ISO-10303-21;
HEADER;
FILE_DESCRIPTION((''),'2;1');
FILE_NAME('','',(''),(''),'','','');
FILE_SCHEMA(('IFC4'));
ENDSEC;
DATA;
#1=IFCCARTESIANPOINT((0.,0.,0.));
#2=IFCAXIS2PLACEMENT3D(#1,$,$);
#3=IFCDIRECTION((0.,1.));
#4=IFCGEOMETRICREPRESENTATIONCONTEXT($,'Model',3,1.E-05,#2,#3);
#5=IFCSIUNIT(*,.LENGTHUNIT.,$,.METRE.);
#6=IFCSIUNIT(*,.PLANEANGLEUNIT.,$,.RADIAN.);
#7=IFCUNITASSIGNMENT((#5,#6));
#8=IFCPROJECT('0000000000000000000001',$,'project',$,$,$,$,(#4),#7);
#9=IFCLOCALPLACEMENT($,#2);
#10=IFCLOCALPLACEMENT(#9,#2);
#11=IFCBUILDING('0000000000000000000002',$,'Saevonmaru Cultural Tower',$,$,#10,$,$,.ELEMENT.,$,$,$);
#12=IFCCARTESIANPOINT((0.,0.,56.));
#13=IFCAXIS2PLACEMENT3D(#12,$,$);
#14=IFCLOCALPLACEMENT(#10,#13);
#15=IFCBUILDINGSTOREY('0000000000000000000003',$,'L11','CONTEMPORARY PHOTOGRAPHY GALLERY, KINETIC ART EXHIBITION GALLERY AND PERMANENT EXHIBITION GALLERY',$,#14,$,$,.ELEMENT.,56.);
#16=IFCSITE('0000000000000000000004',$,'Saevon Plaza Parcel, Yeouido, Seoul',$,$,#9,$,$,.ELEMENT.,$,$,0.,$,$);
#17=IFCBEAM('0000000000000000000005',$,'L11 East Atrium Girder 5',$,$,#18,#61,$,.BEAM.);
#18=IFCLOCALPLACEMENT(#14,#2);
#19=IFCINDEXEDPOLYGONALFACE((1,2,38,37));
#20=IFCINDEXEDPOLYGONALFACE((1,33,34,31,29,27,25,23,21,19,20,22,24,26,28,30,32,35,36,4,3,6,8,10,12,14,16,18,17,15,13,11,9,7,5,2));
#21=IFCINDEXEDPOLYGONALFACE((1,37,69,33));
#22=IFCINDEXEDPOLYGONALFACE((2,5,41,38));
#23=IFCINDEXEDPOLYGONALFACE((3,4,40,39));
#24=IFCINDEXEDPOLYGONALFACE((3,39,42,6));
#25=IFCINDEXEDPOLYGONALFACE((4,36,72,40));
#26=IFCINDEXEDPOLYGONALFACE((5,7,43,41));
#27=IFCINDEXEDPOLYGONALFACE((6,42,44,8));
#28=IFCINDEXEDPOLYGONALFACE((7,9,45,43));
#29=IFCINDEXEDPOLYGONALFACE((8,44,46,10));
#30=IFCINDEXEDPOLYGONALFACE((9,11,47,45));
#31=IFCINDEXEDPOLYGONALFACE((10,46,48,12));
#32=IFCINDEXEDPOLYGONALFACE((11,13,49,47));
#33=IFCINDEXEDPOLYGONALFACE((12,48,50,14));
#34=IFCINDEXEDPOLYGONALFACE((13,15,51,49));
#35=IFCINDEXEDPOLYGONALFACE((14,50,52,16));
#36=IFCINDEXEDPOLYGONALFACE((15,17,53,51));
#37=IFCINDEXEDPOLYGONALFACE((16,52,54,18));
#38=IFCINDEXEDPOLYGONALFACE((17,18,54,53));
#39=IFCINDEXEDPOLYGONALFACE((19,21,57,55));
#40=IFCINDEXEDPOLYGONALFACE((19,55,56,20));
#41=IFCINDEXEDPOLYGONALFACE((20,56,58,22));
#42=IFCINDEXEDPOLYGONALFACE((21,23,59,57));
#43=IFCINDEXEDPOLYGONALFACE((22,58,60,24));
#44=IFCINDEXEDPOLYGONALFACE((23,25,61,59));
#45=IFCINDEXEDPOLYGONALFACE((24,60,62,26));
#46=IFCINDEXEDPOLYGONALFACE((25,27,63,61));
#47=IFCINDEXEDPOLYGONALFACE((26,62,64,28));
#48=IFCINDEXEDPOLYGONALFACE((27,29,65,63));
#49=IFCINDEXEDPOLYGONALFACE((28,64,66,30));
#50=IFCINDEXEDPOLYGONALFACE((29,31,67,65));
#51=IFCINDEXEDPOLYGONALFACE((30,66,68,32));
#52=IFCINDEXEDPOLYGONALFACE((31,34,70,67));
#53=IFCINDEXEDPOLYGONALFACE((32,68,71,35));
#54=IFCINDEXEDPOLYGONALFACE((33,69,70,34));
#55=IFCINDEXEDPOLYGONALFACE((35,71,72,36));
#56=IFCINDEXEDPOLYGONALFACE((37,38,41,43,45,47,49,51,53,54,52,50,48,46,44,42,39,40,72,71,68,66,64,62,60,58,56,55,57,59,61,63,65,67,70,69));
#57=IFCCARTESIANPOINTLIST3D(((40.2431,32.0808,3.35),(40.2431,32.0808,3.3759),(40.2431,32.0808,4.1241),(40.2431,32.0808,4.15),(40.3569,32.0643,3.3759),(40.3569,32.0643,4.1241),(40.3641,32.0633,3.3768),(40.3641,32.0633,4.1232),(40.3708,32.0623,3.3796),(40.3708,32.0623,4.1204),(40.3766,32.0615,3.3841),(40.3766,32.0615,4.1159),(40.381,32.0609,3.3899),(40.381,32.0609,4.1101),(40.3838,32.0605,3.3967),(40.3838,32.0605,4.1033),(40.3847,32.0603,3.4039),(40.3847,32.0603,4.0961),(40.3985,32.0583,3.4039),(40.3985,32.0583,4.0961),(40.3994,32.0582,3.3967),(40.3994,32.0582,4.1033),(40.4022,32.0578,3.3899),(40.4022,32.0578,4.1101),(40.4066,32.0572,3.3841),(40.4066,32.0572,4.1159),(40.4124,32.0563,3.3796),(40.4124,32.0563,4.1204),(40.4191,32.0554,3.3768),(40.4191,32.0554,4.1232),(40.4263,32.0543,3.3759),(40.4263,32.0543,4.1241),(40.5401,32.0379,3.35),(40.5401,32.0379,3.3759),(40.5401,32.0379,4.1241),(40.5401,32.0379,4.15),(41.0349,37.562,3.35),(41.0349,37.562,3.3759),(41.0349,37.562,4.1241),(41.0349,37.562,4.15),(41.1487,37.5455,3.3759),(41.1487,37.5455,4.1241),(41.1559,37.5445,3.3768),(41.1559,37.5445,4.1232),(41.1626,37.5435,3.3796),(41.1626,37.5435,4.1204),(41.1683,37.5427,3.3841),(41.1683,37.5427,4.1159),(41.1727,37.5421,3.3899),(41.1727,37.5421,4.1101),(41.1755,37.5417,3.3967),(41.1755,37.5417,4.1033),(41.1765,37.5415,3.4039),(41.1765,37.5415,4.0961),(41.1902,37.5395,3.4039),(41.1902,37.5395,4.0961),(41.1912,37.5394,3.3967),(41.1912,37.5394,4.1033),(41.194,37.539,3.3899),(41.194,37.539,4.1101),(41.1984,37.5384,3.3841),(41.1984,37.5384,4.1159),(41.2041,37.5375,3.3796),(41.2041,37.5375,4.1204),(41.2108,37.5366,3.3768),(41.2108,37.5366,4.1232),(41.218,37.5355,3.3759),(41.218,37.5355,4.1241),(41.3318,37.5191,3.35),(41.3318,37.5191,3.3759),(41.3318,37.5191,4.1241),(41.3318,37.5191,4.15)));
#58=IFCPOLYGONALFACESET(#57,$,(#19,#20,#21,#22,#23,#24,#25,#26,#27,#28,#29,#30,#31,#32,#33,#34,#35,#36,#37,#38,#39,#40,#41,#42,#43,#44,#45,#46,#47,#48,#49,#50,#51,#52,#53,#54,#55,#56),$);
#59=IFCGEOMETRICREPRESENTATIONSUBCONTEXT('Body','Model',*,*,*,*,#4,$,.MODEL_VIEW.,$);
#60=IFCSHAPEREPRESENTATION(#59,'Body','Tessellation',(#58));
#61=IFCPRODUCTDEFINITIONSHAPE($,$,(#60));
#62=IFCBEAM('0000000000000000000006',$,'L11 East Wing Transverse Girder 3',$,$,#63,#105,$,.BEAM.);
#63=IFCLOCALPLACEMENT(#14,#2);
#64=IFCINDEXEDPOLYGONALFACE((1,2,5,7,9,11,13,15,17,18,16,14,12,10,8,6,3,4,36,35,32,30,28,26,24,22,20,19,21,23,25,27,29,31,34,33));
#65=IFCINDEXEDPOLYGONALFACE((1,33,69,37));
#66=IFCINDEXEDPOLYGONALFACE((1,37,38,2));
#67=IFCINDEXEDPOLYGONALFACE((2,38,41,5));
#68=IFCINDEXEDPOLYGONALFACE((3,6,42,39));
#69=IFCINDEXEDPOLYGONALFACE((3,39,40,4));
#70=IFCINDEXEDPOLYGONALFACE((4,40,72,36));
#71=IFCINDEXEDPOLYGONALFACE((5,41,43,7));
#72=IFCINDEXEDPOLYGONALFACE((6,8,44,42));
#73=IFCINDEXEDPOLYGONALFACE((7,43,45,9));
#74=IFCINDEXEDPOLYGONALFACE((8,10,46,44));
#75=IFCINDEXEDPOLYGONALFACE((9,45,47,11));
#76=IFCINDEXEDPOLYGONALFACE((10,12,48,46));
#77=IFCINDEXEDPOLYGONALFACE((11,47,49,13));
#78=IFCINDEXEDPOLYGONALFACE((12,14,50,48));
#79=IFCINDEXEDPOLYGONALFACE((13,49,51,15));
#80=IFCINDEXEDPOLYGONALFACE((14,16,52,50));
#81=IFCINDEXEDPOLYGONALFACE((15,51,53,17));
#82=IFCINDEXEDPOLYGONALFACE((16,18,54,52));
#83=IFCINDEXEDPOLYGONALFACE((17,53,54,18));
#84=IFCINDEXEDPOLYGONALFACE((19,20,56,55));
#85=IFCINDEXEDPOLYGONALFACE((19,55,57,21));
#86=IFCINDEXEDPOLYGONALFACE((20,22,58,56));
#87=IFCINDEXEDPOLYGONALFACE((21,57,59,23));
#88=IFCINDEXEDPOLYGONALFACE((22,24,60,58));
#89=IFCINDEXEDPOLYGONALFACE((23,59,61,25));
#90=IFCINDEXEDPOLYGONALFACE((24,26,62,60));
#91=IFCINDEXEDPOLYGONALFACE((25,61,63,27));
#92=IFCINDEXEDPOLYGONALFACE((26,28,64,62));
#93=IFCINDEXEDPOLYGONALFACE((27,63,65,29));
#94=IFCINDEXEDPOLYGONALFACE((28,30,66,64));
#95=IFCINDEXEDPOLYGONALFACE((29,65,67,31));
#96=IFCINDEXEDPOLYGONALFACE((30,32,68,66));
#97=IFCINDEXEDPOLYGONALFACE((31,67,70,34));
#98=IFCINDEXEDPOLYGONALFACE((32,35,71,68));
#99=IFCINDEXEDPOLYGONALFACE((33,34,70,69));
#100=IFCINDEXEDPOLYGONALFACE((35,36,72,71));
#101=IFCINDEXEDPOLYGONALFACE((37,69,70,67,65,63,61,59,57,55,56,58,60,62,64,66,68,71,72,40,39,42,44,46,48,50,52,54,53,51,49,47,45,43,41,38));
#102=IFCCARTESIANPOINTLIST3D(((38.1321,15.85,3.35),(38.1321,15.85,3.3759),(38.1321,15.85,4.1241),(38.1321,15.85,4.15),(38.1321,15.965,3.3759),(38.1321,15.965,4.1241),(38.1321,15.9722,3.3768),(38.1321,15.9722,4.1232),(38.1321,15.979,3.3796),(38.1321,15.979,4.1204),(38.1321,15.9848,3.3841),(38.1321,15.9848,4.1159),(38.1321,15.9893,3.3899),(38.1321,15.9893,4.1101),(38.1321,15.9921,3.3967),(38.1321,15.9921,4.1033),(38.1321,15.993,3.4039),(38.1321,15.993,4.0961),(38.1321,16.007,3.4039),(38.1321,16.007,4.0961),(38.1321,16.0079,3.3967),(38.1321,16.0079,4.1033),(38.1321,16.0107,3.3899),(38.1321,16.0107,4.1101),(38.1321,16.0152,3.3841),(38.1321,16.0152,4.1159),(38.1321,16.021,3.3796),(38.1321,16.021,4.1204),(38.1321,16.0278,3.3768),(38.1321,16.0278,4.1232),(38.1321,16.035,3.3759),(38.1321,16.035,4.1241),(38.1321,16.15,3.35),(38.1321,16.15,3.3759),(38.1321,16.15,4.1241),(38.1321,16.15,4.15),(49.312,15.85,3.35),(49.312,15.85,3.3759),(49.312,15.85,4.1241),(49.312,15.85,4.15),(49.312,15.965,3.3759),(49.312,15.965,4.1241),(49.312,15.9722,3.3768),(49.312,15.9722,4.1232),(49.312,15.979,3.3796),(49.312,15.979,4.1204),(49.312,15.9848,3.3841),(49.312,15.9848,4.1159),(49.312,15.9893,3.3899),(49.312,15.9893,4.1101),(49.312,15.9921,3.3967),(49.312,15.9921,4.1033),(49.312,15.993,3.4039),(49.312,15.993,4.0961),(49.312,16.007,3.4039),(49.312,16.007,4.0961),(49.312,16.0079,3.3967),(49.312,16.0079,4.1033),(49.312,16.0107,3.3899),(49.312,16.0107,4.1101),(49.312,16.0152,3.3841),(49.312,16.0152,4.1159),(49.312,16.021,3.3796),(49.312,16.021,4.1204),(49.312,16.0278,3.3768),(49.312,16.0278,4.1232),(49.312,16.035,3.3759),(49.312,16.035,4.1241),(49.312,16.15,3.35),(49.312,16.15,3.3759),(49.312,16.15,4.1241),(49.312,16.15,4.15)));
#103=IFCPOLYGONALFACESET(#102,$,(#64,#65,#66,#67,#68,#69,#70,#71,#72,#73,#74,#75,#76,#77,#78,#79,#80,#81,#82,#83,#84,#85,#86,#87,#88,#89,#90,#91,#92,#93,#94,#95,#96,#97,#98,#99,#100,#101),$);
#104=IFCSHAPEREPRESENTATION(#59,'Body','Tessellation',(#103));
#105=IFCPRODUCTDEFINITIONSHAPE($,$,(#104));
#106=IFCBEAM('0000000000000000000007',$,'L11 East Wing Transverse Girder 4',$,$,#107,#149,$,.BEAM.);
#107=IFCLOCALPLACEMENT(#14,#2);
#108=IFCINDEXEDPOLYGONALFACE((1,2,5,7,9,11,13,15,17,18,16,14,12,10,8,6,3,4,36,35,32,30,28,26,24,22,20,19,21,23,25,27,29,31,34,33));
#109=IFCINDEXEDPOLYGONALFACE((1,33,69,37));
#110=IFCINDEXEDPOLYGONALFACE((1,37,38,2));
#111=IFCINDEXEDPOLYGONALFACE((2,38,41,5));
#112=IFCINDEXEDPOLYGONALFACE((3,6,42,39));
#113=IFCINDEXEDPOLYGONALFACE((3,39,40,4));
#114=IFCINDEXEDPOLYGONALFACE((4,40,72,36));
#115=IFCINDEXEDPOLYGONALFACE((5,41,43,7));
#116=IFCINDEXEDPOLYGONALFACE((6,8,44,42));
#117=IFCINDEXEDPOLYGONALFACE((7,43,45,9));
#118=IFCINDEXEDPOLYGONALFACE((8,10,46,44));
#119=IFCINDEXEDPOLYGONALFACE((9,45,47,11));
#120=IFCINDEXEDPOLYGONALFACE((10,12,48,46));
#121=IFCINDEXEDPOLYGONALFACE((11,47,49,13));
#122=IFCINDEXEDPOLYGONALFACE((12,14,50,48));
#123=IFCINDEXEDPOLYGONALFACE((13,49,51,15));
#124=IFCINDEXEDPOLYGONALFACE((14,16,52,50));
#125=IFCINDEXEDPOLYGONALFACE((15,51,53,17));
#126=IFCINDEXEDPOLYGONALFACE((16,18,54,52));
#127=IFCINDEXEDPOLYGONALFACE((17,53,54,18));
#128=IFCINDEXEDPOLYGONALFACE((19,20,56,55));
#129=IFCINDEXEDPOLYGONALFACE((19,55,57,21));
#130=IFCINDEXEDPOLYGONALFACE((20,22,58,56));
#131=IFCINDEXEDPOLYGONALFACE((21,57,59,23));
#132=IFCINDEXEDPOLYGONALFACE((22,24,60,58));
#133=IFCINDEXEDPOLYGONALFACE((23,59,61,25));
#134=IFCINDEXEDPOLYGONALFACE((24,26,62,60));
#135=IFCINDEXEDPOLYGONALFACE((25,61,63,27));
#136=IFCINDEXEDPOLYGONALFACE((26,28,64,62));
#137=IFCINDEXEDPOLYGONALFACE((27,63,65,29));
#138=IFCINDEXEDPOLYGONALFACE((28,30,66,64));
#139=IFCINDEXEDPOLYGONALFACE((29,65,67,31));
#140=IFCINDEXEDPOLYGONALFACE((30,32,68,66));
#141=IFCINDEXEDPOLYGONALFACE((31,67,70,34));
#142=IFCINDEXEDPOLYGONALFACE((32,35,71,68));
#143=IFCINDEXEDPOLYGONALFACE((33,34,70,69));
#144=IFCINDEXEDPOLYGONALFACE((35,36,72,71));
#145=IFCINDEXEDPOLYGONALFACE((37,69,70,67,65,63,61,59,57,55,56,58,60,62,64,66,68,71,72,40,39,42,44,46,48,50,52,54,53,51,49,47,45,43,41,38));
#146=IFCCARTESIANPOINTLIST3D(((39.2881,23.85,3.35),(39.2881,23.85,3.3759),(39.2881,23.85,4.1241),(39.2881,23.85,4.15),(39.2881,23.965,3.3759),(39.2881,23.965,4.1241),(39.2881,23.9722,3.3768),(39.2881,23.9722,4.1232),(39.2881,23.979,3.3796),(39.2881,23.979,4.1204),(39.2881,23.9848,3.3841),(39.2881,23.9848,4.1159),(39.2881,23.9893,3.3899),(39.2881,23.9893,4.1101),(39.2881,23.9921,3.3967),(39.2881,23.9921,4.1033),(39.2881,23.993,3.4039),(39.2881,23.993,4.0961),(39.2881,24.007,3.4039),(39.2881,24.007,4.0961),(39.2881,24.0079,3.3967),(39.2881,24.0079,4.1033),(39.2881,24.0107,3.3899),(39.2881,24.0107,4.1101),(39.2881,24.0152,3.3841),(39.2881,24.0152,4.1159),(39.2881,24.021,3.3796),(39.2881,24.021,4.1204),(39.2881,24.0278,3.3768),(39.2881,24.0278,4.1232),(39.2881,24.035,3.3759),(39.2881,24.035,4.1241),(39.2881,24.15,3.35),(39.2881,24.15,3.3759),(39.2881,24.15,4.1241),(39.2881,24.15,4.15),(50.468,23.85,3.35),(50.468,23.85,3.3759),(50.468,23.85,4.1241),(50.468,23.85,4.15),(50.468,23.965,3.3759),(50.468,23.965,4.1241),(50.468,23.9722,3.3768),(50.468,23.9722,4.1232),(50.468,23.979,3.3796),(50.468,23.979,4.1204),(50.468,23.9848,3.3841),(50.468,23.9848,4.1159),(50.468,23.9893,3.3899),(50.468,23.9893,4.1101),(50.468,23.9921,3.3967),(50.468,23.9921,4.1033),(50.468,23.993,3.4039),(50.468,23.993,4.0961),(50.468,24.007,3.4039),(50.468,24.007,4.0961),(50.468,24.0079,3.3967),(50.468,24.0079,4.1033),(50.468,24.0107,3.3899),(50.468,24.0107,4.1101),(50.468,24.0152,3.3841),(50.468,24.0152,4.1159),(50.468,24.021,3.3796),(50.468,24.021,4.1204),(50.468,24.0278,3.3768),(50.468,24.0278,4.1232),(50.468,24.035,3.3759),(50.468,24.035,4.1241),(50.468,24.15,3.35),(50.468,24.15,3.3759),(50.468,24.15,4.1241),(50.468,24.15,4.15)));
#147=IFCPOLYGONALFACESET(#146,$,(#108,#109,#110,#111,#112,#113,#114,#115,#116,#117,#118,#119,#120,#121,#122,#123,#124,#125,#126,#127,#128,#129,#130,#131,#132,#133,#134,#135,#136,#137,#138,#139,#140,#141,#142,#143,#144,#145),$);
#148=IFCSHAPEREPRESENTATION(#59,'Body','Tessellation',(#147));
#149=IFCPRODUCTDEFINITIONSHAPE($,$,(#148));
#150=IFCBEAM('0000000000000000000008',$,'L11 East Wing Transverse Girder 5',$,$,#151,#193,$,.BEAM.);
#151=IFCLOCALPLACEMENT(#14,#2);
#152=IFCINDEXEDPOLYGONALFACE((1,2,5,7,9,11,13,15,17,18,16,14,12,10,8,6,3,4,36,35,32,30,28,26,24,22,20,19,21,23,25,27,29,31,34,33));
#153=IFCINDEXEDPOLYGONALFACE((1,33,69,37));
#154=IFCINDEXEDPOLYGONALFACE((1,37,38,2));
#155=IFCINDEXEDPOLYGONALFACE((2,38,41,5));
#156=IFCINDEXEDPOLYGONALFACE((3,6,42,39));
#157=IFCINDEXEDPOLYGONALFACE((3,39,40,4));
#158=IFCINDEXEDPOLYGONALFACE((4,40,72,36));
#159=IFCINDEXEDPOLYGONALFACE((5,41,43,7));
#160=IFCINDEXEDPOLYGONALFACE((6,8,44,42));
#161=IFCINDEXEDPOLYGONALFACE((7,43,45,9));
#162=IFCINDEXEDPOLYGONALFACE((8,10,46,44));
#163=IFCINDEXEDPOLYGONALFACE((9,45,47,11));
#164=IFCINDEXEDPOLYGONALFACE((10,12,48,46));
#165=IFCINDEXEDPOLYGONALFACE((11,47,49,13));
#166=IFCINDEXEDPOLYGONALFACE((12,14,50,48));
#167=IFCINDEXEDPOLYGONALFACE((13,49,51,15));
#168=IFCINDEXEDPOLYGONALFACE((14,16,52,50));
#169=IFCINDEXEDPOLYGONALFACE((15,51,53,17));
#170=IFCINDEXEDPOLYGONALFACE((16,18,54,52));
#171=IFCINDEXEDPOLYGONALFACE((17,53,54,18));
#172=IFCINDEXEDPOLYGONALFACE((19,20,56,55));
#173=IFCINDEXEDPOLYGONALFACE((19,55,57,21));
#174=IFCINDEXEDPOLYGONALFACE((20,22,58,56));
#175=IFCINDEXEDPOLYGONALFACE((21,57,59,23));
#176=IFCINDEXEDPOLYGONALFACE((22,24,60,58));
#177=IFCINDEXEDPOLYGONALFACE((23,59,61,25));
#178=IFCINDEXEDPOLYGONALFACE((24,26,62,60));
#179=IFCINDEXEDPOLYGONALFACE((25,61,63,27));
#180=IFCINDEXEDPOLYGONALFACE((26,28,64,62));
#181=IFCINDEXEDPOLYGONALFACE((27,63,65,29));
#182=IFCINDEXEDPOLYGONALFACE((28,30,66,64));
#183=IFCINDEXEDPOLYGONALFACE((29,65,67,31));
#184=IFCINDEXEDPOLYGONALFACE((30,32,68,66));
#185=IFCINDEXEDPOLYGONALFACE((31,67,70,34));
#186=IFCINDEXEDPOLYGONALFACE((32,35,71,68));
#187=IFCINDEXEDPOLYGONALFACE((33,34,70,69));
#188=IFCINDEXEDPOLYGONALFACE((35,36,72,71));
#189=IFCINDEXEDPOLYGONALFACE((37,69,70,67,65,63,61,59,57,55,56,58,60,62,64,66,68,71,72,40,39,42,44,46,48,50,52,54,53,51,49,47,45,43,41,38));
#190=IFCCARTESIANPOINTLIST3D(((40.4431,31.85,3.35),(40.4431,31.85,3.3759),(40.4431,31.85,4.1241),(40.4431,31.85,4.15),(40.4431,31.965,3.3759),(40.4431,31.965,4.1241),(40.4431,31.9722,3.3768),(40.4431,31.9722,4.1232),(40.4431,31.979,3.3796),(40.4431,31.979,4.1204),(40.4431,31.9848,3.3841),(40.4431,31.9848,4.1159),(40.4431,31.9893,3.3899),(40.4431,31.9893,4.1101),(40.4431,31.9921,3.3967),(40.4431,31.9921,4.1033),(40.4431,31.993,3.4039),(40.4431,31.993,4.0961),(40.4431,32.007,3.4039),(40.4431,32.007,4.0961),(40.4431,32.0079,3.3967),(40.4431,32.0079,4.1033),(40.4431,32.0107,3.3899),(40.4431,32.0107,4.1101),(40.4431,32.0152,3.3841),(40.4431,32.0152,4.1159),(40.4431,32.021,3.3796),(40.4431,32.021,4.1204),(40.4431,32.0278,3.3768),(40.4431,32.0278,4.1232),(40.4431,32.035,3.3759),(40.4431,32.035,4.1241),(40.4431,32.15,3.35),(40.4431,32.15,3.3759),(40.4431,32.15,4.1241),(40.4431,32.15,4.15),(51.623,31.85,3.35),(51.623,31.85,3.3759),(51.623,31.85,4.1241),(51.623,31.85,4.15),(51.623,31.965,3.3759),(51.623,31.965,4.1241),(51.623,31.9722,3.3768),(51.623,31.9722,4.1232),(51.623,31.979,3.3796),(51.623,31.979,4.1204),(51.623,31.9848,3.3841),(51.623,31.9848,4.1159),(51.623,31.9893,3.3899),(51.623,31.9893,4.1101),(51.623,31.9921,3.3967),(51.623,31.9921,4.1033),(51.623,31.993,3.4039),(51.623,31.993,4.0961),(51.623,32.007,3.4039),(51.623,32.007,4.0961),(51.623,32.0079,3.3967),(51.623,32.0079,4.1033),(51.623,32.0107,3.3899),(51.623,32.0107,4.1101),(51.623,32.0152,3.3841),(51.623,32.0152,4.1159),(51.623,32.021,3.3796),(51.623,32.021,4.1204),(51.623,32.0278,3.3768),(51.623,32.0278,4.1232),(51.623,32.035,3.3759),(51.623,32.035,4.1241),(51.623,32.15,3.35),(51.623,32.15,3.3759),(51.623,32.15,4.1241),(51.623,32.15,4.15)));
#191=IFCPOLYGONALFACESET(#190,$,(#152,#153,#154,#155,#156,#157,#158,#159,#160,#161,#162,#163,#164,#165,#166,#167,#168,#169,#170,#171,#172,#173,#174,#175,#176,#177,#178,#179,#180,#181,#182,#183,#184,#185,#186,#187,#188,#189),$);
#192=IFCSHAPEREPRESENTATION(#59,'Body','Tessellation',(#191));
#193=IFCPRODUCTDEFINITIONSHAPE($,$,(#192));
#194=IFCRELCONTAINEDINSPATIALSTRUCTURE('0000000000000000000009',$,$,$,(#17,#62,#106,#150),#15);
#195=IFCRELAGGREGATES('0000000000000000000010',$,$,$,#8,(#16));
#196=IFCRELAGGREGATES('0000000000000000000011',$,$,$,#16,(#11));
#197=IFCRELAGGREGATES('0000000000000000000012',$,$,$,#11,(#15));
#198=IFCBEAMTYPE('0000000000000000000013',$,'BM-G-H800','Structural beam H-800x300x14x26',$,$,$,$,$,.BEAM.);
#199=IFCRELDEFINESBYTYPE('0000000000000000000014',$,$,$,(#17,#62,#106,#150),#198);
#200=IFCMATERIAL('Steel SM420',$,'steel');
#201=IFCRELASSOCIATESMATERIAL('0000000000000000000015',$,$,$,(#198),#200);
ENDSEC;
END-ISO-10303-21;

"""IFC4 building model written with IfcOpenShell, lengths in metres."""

from ifc_helpers import new_model, si_unit, direction, frame, origin, origin_2d, place, context, subcontext, project, spatial, i_section, extrude, material, material_profile, profile_set, type_object, element, save


model = new_model("IFC4")

# Units and contexts
model_context = context("Model", 3, precision=1e-05, world=origin(), true_north=direction((0.0, 1.0)))
body_context = subcontext(model_context, "Body", "Model", "MODEL_VIEW")
ifc_project = project(units=[si_unit("LENGTHUNIT", "METRE"), si_unit("PLANEANGLEUNIT", "RADIAN")], contexts=[model_context])

# Site, building, storey
site_placement = place(None, origin())
site = spatial("IfcSite", under=ifc_project, at=site_placement, Name="Saevon Plaza Parcel, Yeouido, Seoul", CompositionType="ELEMENT", RefElevation=0.0)
building_placement = place(site_placement, origin())
building = spatial("IfcBuilding", under=site, at=building_placement, Name="Saevonmaru Cultural Tower", CompositionType="ELEMENT")
storey_placement = place(building_placement, frame((0.0, 0.0, 56.0)))
storey = spatial("IfcBuildingStorey", under=building, at=storey_placement, Name="L11", Description="CONTEMPORARY PHOTOGRAPHY GALLERY, KINETIC ART EXHIBITION GALLERY AND PERMANENT EXHIBITION GALLERY", CompositionType="ELEMENT", Elevation=56.0)

# Shared definitions
ifc_material_1 = material(Name="Steel SM420", Category="steel")

# Beams
ifc_material_profile_1 = material_profile(ifc_material_1, i_section(OverallWidth=0.3, OverallDepth=0.8, WebThickness=0.0139, FlangeThickness=0.0259, FilletRadius=0.0281, at=origin_2d()), Name="H-800x300x14x26")
ifc_profile_set_1 = profile_set([ifc_material_profile_1], Name="Steel SM420")
beam_type_1 = type_object("IfcBeamType", Name="BM-G-H800", Description="Structural beam H-800x300x14x26", PredefinedType="BEAM", material=ifc_profile_set_1)
beam_1_placement = place(storey_placement, frame((40.3916, 32.0593, 3.75), z_axis=(0.142964, 0.989728, 0.0), x_axis=(-0.989728, 0.142964, 0.0)))
element("IfcBeam", 1, at=beam_1_placement, inside=storey, type_object=beam_type_1, Name="L11 East Atrium Girder 5", PredefinedType="BEAM", context=body_context, shape_type="SweptSolid", body=[
    extrude(i_section(OverallWidth=0.3, OverallDepth=0.8, WebThickness=0.0139, FlangeThickness=0.0259, FilletRadius=0.0281, at=origin_2d()), origin(), (0.0, 0.0, 1.0), 5.5381),
])
for number, where, z_axis, x_axis, name in (
    (2, (38.1321, 16.0, 3.75), (1.0, 0.0, 0.0), (0.0, 1.0, 0.0), "L11 East Wing Transverse Girder 3"),
    (3, (39.2881, 24.0, 3.75), (1.0, 0.0, 0.0), (0.0, 1.0, 0.0), "L11 East Wing Transverse Girder 4"),
    (4, (40.4431, 32.0, 3.75), (1.0, 0.0, 0.0), (0.0, 1.0, 0.0), "L11 East Wing Transverse Girder 5"),
):
    element("IfcBeam", number, at=place(storey_placement, frame(where, z_axis=z_axis, x_axis=x_axis)), inside=storey, type_object=beam_type_1, Name=name, PredefinedType="BEAM", context=body_context, shape_type="SweptSolid", body=[
        extrude(i_section(OverallWidth=0.3, OverallDepth=0.8, WebThickness=0.0139, FlangeThickness=0.0259, FilletRadius=0.0281, at=origin_2d()), origin(), (0.0, 0.0, 1.0), 11.1799),
    ])

save(model, "model.ifc")
